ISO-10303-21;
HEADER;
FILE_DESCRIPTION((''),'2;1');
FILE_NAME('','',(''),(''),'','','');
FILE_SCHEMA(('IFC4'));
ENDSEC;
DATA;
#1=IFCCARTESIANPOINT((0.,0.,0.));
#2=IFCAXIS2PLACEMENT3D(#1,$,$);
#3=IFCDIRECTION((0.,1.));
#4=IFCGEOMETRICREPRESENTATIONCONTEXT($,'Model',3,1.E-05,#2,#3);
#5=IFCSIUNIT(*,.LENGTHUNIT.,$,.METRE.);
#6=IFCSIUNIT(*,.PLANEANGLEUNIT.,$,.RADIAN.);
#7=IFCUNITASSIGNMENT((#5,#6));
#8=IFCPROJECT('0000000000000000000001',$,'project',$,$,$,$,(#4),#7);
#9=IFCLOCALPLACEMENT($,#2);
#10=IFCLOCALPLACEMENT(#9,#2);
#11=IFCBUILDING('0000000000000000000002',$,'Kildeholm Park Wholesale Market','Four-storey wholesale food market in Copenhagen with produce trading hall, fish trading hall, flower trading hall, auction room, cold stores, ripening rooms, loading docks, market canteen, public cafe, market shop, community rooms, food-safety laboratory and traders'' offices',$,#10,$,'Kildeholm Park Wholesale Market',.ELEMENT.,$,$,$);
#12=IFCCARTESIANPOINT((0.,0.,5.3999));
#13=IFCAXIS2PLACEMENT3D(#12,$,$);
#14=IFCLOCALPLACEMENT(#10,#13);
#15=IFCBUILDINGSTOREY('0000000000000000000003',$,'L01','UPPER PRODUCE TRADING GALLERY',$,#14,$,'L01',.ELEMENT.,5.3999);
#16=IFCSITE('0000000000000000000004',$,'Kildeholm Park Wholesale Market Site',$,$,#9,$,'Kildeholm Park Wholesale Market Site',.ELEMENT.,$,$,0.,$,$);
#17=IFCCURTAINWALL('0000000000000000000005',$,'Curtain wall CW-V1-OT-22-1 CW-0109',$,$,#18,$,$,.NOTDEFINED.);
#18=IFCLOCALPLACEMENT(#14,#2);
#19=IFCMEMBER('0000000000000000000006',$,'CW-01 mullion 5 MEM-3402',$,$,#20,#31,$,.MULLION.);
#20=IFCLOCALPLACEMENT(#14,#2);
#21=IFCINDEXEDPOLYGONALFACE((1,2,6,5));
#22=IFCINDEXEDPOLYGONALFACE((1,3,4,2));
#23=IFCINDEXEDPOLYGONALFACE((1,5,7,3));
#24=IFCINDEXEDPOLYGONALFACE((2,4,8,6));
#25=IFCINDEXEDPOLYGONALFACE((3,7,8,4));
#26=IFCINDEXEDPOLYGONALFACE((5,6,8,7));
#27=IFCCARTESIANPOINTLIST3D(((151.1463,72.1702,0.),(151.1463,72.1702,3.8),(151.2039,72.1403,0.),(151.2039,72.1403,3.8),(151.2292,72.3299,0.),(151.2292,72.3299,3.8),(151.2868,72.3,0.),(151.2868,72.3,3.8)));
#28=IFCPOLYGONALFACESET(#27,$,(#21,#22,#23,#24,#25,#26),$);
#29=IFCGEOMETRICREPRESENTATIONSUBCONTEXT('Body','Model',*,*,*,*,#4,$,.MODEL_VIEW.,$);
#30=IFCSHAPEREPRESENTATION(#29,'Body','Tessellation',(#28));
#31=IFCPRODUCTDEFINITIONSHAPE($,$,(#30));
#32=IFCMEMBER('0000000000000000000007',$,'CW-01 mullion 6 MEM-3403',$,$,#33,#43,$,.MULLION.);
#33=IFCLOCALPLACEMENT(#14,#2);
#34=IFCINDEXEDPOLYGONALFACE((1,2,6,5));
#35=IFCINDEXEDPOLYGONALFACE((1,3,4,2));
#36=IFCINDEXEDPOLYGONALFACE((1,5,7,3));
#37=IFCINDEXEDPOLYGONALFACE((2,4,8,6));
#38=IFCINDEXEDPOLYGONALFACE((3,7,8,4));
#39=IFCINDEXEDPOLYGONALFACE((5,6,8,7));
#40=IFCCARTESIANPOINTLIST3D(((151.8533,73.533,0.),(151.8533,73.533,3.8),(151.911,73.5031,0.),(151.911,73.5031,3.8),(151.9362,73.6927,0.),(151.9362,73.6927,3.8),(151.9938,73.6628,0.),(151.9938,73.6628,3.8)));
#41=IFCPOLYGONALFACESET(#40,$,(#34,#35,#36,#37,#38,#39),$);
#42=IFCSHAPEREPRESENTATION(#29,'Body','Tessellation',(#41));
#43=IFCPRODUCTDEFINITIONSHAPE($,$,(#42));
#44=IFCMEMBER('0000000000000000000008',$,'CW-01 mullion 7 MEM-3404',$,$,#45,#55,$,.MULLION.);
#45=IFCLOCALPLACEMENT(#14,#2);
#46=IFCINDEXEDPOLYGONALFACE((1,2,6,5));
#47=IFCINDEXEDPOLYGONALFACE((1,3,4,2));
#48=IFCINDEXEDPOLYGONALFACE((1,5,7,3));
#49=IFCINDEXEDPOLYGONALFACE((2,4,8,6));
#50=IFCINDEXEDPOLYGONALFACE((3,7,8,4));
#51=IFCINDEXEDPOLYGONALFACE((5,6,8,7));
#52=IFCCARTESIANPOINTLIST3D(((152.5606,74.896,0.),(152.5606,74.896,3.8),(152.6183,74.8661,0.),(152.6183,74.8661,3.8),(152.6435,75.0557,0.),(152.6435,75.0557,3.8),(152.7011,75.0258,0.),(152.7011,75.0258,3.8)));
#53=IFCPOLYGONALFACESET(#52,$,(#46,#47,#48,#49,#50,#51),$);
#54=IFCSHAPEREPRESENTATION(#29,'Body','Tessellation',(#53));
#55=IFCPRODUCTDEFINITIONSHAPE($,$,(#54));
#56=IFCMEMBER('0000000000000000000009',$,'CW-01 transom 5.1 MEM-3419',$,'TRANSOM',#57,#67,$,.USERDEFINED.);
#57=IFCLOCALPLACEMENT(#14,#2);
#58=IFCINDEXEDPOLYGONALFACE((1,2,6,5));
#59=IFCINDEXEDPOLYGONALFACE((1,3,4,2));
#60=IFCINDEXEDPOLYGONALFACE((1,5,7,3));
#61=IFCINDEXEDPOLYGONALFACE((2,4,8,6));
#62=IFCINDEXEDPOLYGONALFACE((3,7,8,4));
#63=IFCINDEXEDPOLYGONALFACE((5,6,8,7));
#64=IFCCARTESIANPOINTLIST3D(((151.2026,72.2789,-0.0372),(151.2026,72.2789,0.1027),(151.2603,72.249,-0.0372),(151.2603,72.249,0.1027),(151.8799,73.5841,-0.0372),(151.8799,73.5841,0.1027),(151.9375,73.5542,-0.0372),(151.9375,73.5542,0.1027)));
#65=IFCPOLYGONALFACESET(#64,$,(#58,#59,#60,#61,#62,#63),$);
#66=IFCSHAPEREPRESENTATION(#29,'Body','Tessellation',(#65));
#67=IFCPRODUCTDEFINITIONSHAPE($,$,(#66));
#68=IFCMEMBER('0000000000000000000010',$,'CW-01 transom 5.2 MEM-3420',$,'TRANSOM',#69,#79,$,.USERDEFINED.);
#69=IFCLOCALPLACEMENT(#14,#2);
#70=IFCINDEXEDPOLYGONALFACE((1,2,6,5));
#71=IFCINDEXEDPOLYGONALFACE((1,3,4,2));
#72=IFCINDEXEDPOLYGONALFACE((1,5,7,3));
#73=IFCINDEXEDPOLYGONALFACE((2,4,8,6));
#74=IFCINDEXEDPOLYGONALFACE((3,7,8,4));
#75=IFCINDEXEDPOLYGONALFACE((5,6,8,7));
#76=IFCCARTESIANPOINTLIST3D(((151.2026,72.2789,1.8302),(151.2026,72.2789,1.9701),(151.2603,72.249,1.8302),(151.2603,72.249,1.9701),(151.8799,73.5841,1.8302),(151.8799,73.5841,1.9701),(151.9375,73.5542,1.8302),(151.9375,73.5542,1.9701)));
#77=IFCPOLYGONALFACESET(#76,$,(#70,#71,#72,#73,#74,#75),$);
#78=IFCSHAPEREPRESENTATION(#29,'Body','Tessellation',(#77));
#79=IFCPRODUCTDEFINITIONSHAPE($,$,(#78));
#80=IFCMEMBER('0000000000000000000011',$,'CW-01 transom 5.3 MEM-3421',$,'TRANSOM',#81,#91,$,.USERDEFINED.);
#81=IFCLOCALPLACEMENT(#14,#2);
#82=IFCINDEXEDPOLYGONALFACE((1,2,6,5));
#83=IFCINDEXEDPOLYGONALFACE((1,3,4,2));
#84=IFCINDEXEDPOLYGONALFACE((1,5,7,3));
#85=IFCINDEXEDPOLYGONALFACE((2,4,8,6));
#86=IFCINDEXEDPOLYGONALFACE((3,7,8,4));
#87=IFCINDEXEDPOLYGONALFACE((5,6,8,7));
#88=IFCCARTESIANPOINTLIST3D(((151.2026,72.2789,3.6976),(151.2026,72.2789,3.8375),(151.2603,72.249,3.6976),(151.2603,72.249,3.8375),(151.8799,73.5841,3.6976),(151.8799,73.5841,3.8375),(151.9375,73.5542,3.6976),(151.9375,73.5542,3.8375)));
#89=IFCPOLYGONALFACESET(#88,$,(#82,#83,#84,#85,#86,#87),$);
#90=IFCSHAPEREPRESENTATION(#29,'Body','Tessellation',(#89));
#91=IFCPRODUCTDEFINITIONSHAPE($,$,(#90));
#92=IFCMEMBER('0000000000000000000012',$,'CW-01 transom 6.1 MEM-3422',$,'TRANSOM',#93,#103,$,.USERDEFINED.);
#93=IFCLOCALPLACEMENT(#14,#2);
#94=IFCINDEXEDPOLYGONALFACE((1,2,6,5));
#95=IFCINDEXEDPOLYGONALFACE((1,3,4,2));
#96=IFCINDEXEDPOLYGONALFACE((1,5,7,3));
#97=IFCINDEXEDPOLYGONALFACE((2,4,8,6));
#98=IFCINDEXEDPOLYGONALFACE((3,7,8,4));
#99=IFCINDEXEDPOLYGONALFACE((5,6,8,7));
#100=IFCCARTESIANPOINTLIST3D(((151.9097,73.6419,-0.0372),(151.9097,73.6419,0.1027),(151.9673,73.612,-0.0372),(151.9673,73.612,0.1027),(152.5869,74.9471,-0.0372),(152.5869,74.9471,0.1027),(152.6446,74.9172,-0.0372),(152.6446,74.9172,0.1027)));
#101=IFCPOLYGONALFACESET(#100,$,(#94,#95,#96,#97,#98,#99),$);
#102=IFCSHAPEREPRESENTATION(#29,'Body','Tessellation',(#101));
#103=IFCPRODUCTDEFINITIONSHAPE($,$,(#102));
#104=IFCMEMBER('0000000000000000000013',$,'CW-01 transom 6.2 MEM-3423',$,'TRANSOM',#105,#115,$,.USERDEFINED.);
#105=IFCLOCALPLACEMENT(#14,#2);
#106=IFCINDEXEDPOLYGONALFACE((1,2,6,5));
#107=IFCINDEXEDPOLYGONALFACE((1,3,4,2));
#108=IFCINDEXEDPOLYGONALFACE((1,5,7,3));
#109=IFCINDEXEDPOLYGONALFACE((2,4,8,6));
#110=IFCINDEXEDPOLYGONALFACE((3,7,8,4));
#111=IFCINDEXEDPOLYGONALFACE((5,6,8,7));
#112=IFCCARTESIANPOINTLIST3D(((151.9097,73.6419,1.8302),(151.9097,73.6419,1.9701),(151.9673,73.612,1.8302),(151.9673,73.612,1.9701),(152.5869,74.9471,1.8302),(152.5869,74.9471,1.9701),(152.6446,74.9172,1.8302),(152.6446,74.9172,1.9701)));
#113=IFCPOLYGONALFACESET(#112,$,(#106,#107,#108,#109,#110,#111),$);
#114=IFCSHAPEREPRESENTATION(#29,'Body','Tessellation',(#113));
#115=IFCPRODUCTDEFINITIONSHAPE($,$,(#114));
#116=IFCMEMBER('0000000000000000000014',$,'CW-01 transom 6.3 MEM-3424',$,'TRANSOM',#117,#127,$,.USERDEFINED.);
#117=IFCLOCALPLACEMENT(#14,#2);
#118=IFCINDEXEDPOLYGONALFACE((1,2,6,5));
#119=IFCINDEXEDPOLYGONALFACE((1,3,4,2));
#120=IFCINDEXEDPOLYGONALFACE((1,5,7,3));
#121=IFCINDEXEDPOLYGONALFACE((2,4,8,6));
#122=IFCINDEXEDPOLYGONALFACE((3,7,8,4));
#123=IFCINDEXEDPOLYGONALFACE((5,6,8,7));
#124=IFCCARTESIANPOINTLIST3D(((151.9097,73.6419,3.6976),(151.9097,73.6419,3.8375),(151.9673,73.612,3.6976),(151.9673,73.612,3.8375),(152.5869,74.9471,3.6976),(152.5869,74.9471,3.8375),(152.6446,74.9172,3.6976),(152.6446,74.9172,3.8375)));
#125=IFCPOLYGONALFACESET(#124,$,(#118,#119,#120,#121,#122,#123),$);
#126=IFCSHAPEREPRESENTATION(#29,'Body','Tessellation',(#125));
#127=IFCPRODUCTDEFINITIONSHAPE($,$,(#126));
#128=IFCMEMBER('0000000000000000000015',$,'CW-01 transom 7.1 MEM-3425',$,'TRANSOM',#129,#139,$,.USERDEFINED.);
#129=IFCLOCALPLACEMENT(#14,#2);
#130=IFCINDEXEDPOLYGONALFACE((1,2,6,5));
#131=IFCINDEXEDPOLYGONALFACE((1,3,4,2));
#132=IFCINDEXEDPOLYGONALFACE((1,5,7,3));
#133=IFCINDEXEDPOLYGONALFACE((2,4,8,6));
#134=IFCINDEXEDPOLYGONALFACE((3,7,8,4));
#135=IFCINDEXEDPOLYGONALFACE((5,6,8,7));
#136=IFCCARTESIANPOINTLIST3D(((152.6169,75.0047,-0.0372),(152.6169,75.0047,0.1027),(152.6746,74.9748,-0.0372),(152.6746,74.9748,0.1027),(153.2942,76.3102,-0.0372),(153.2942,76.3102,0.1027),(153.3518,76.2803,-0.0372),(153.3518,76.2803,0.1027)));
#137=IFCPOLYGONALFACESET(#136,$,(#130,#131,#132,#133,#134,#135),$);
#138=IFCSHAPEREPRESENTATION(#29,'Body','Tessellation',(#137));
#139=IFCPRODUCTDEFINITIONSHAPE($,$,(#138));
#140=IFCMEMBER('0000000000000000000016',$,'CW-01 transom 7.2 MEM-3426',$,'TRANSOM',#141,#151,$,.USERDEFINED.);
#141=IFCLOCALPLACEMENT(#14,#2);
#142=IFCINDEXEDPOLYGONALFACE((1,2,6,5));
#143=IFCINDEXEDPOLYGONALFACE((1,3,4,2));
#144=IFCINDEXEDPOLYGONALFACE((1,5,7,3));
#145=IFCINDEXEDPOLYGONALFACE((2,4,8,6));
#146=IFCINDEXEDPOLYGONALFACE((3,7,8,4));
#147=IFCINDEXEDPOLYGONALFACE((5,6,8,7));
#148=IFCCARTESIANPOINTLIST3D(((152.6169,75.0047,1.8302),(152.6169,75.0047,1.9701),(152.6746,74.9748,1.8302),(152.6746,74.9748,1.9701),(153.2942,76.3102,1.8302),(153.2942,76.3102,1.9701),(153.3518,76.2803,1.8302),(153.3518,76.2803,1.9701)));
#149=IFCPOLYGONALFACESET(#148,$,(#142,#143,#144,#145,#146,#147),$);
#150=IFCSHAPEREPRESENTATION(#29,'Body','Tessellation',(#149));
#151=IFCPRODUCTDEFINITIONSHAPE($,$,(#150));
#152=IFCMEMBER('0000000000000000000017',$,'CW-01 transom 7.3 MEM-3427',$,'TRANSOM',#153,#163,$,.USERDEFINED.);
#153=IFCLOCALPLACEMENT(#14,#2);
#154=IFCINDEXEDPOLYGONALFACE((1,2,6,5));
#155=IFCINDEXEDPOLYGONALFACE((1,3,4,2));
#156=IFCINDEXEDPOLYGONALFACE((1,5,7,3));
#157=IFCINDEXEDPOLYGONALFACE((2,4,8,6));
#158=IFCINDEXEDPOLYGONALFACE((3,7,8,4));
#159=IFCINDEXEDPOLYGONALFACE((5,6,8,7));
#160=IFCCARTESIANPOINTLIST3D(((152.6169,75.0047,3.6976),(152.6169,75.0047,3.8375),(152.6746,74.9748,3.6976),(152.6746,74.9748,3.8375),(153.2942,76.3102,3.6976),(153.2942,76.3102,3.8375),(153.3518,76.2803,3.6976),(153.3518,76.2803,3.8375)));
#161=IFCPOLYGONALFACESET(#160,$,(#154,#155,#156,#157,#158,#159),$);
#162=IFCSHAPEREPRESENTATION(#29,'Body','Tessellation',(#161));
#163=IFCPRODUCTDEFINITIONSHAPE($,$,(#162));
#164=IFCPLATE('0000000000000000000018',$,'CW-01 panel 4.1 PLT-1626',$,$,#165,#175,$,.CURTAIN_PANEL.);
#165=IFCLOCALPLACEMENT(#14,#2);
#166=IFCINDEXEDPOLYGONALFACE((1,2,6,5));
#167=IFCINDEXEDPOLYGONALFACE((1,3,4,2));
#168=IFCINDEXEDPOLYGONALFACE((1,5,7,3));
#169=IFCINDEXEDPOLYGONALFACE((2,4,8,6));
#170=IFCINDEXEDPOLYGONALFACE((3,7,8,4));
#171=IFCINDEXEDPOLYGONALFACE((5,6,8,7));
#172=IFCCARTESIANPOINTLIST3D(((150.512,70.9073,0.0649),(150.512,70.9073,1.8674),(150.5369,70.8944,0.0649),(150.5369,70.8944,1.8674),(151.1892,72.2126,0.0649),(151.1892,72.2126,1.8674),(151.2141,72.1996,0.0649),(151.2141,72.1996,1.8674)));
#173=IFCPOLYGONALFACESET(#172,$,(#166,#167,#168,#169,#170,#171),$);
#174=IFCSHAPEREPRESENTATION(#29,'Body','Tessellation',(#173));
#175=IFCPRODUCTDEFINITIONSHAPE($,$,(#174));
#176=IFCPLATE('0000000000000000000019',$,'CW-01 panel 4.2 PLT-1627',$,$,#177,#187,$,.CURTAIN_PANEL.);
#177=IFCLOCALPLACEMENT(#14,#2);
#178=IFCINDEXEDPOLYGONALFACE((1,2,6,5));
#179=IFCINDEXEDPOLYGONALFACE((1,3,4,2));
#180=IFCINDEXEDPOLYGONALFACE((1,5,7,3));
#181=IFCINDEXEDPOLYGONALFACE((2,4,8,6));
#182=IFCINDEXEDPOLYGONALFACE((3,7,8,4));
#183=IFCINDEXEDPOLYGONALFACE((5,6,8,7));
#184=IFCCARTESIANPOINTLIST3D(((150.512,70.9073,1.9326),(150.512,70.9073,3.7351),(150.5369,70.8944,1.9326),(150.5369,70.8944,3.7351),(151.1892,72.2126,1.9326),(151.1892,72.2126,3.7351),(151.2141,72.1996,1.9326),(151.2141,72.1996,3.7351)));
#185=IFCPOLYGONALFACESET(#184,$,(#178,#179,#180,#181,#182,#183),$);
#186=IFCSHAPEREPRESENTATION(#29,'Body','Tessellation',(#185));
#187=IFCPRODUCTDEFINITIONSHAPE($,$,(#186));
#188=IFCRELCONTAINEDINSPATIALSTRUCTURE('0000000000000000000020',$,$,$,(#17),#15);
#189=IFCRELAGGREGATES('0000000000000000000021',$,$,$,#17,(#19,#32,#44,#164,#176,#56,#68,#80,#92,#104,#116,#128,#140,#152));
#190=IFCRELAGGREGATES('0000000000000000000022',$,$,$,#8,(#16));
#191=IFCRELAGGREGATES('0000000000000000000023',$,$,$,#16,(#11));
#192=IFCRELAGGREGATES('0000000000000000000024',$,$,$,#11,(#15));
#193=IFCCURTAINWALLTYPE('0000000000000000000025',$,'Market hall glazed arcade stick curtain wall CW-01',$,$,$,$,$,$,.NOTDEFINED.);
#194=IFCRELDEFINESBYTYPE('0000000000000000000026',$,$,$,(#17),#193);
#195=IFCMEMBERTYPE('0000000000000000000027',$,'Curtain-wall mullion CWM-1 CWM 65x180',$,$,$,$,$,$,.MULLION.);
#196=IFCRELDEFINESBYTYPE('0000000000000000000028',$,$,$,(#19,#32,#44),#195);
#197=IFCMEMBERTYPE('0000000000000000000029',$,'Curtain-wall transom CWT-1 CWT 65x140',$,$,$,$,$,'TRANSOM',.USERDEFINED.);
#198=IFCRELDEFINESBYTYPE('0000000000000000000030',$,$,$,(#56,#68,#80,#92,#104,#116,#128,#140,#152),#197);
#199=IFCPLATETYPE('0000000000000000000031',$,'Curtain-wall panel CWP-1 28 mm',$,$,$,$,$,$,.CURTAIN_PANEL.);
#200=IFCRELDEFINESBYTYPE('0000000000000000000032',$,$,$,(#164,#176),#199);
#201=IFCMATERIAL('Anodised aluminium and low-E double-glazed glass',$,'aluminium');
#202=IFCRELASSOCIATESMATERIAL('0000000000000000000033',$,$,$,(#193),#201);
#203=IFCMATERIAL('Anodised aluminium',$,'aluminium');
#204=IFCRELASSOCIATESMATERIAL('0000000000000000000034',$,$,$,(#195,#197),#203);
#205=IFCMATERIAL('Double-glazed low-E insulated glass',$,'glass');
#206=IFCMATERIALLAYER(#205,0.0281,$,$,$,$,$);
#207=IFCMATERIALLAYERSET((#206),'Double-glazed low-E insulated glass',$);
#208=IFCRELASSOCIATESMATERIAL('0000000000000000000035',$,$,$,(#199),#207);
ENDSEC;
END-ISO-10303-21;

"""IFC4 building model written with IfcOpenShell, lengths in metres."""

from ifc_helpers import new_model, si_unit, direction, frame, origin, origin_2d, place, context, subcontext, project, spatial, rectangle, extrude, material, layer, layer_set, material_profile, profile_set, type_object, element, aggregate, save


model = new_model("IFC4")

# Units and contexts
model_context = context("Model", 3, precision=1e-05, world=origin(), true_north=direction((0.0, 1.0)))
body_context = subcontext(model_context, "Body", "Model", "MODEL_VIEW")
ifc_project = project(units=[si_unit("LENGTHUNIT", "METRE"), si_unit("PLANEANGLEUNIT", "RADIAN")], contexts=[model_context])

# Site, building, storey
site_placement = place(None, origin())
site = spatial("IfcSite", under=ifc_project, at=site_placement, Name="Kildeholm Park Wholesale Market Site", LongName="Kildeholm Park Wholesale Market Site", CompositionType="ELEMENT", RefElevation=0.0)
building_placement = place(site_placement, origin())
building = spatial("IfcBuilding", under=site, at=building_placement, Name="Kildeholm Park Wholesale Market", Description="Four-storey wholesale food market in Copenhagen with produce trading hall, fish trading hall, flower trading hall, auction room, cold stores, ripening rooms, loading docks, market canteen, public cafe, market shop, community rooms, food-safety laboratory and traders' offices", LongName="Kildeholm Park Wholesale Market", CompositionType="ELEMENT")
storey_placement = place(building_placement, frame((0.0, 0.0, 5.3999)))
storey = spatial("IfcBuildingStorey", under=building, at=storey_placement, Name="L01", Description="UPPER PRODUCE TRADING GALLERY", LongName="L01", CompositionType="ELEMENT", Elevation=5.3999)

# Curtain wall, members, plates
ifc_material_1 = material(Name="Anodised aluminium and low-E double-glazed glass", Category="aluminium")
curtain_wall_type = type_object("IfcCurtainWallType", Name="Market hall glazed arcade stick curtain wall CW-01", PredefinedType="NOTDEFINED", material=ifc_material_1)
curtain_wall_placement = place(storey_placement, origin())
curtain_wall = element("IfcCurtainWall", 1, at=curtain_wall_placement, inside=storey, type_object=curtain_wall_type, Name="Curtain wall CW-V1-OT-22-1 CW-0109", PredefinedType="NOTDEFINED")
ifc_material_2 = material(Name="Anodised aluminium", Category="aluminium")
ifc_material_profile_1 = material_profile(ifc_material_2, rectangle(XDim=0.0649, YDim=0.1799, at=origin_2d()), Name="CWM 65x180")
ifc_profile_set_1 = profile_set([ifc_material_profile_1], Name="Anodised aluminium")
member_type_1 = type_object("IfcMemberType", Name="Curtain-wall mullion CWM-1 CWM 65x180", PredefinedType="MULLION", material=ifc_profile_set_1)
member_1_placement = place(storey_placement, frame((151.2166, 72.2351, 0.0), z_axis=(0.0, 0.0, 1.0), x_axis=(-0.887652, 0.460514, 0.0)))
member_1 = element("IfcMember", 2, at=member_1_placement, type_object=member_type_1, Name="CW-01 mullion 5 MEM-3402", PredefinedType="MULLION", context=body_context, shape_type="SweptSolid", body=[
    extrude(rectangle(XDim=0.0649, YDim=0.1799, at=origin_2d()), origin(), (0.0, 0.0, 1.0), 3.8),
])
member_2_placement = place(storey_placement, frame((151.9236, 73.5979, 0.0), z_axis=(0.0, 0.0, 1.0), x_axis=(-0.887652, 0.460514, 0.0)))
member_2 = element("IfcMember", 3, at=member_2_placement, type_object=member_type_1, Name="CW-01 mullion 6 MEM-3403", PredefinedType="MULLION", context=body_context, shape_type="SweptSolid", body=[
    extrude(rectangle(XDim=0.0649, YDim=0.1799, at=origin_2d()), origin(), (0.0, 0.0, 1.0), 3.8),
])
member_3_placement = place(storey_placement, frame((152.6309, 74.9609, 0.0), z_axis=(0.0, 0.0, 1.0), x_axis=(-0.887652, 0.460514, 0.0)))
member_3 = element("IfcMember", 4, at=member_3_placement, type_object=member_type_1, Name="CW-01 mullion 7 MEM-3404", PredefinedType="MULLION", context=body_context, shape_type="SweptSolid", body=[
    extrude(rectangle(XDim=0.0649, YDim=0.1799, at=origin_2d()), origin(), (0.0, 0.0, 1.0), 3.8),
])
ifc_material_profile_2 = material_profile(ifc_material_2, rectangle(XDim=0.0649, YDim=0.1399, at=origin_2d()), Name="CWT 65x140")
ifc_profile_set_2 = profile_set([ifc_material_profile_2], Name="Anodised aluminium")
member_type_2 = type_object("IfcMemberType", Name="Curtain-wall transom CWT-1 CWT 65x140", ElementType="TRANSOM", PredefinedType="USERDEFINED", material=ifc_profile_set_2)
member_4_placement = place(storey_placement, frame((151.2314, 72.2639, 0.0327), z_axis=(0.460579, 0.887619, 0.0), x_axis=(-0.887619, 0.460579, 0.0)))
member_4 = element("IfcMember", 5, at=member_4_placement, type_object=member_type_2, Name="CW-01 transom 5.1 MEM-3419", ObjectType="TRANSOM", PredefinedType="USERDEFINED", context=body_context, shape_type="SweptSolid", body=[
    extrude(rectangle(XDim=0.0649, YDim=0.1399, at=origin_2d()), origin(), (0.0, 0.0, 1.0), 1.4705),
])
member_5_placement = place(storey_placement, frame((151.2314, 72.2639, 1.9001), z_axis=(0.460579, 0.887619, 0.0), x_axis=(-0.887619, 0.460579, 0.0)))
member_5 = element("IfcMember", 6, at=member_5_placement, type_object=member_type_2, Name="CW-01 transom 5.2 MEM-3420", ObjectType="TRANSOM", PredefinedType="USERDEFINED", context=body_context, shape_type="SweptSolid", body=[
    extrude(rectangle(XDim=0.0649, YDim=0.1399, at=origin_2d()), origin(), (0.0, 0.0, 1.0), 1.4705),
])
member_6_placement = place(storey_placement, frame((151.2314, 72.2639, 3.7676), z_axis=(0.460579, 0.887619, 0.0), x_axis=(-0.887619, 0.460579, 0.0)))
member_6 = element("IfcMember", 7, at=member_6_placement, type_object=member_type_2, Name="CW-01 transom 5.3 MEM-3421", ObjectType="TRANSOM", PredefinedType="USERDEFINED", context=body_context, shape_type="SweptSolid", body=[
    extrude(rectangle(XDim=0.0649, YDim=0.1399, at=origin_2d()), origin(), (0.0, 0.0, 1.0), 1.4705),
])
member_7_placement = place(storey_placement, frame((151.9385, 73.627, 0.0327), z_axis=(0.460579, 0.887619, 0.0), x_axis=(-0.887619, 0.460579, 0.0)))
member_7 = element("IfcMember", 8, at=member_7_placement, type_object=member_type_2, Name="CW-01 transom 6.1 MEM-3422", ObjectType="TRANSOM", PredefinedType="USERDEFINED", context=body_context, shape_type="SweptSolid", body=[
    extrude(rectangle(XDim=0.0649, YDim=0.1399, at=origin_2d()), origin(), (0.0, 0.0, 1.0), 1.4705),
])
member_8_placement = place(storey_placement, frame((151.9385, 73.627, 1.9001), z_axis=(0.460579, 0.887619, 0.0), x_axis=(-0.887619, 0.460579, 0.0)))
member_8 = element("IfcMember", 9, at=member_8_placement, type_object=member_type_2, Name="CW-01 transom 6.2 MEM-3423", ObjectType="TRANSOM", PredefinedType="USERDEFINED", context=body_context, shape_type="SweptSolid", body=[
    extrude(rectangle(XDim=0.0649, YDim=0.1399, at=origin_2d()), origin(), (0.0, 0.0, 1.0), 1.4705),
])
member_9_placement = place(storey_placement, frame((151.9385, 73.627, 3.7676), z_axis=(0.460579, 0.887619, 0.0), x_axis=(-0.887619, 0.460579, 0.0)))
member_9 = element("IfcMember", 10, at=member_9_placement, type_object=member_type_2, Name="CW-01 transom 6.3 MEM-3424", ObjectType="TRANSOM", PredefinedType="USERDEFINED", context=body_context, shape_type="SweptSolid", body=[
    extrude(rectangle(XDim=0.0649, YDim=0.1399, at=origin_2d()), origin(), (0.0, 0.0, 1.0), 1.4705),
])
member_10_placement = place(storey_placement, frame((152.6458, 74.9897, 0.0327), z_axis=(0.460511, 0.887654, 0.0), x_axis=(-0.887654, 0.460511, 0.0)))
member_10 = element("IfcMember", 11, at=member_10_placement, type_object=member_type_2, Name="CW-01 transom 7.1 MEM-3425", ObjectType="TRANSOM", PredefinedType="USERDEFINED", context=body_context, shape_type="SweptSolid", body=[
    extrude(rectangle(XDim=0.0649, YDim=0.1399, at=origin_2d()), origin(), (0.0, 0.0, 1.0), 1.4707),
])
member_11_placement = place(storey_placement, frame((152.6458, 74.9897, 1.9001), z_axis=(0.460511, 0.887654, 0.0), x_axis=(-0.887654, 0.460511, 0.0)))
member_11 = element("IfcMember", 12, at=member_11_placement, type_object=member_type_2, Name="CW-01 transom 7.2 MEM-3426", ObjectType="TRANSOM", PredefinedType="USERDEFINED", context=body_context, shape_type="SweptSolid", body=[
    extrude(rectangle(XDim=0.0649, YDim=0.1399, at=origin_2d()), origin(), (0.0, 0.0, 1.0), 1.4707),
])
member_12_placement = place(storey_placement, frame((152.6458, 74.9897, 3.7676), z_axis=(0.460511, 0.887654, 0.0), x_axis=(-0.887654, 0.460511, 0.0)))
member_12 = element("IfcMember", 13, at=member_12_placement, type_object=member_type_2, Name="CW-01 transom 7.3 MEM-3427", ObjectType="TRANSOM", PredefinedType="USERDEFINED", context=body_context, shape_type="SweptSolid", body=[
    extrude(rectangle(XDim=0.0649, YDim=0.1399, at=origin_2d()), origin(), (0.0, 0.0, 1.0), 1.4707),
])
ifc_material_3 = material(Name="Double-glazed low-E insulated glass", Category="glass")
ifc_layer = layer(ifc_material_3, 0.0281)
ifc_layer_set = layer_set([ifc_layer], Name="Double-glazed low-E insulated glass")
plate_type = type_object("IfcPlateType", Name="Curtain-wall panel CWP-1 28 mm", PredefinedType="CURTAIN_PANEL", material=ifc_layer_set)
plate_1_placement = place(storey_placement, frame((150.863, 71.5535, 0.0649), z_axis=(0.0, 0.0, 1.0), x_axis=(0.460514, 0.887652, 0.0)))
plate_1 = element("IfcPlate", 14, at=plate_1_placement, type_object=plate_type, Name="CW-01 panel 4.1 PLT-1626", PredefinedType="CURTAIN_PANEL", context=body_context, shape_type="SweptSolid", body=[
    extrude(rectangle(XDim=1.4705, YDim=0.0281, at=origin_2d()), origin(), (0.0, 0.0, 1.0), 1.8025),
])
plate_2_placement = place(storey_placement, frame((150.863, 71.5535, 1.9326), z_axis=(0.0, 0.0, 1.0), x_axis=(0.460514, 0.887652, 0.0)))
plate_2 = element("IfcPlate", 15, at=plate_2_placement, type_object=plate_type, Name="CW-01 panel 4.2 PLT-1627", PredefinedType="CURTAIN_PANEL", context=body_context, shape_type="SweptSolid", body=[
    extrude(rectangle(XDim=1.4705, YDim=0.0281, at=origin_2d()), origin(), (0.0, 0.0, 1.0), 1.8025),
])
aggregate(curtain_wall, [member_1, member_2, member_3, plate_1, plate_2, member_4, member_5, member_6, member_7, member_8, member_9, member_10, member_11, member_12])

save(model, "model.ifc")
